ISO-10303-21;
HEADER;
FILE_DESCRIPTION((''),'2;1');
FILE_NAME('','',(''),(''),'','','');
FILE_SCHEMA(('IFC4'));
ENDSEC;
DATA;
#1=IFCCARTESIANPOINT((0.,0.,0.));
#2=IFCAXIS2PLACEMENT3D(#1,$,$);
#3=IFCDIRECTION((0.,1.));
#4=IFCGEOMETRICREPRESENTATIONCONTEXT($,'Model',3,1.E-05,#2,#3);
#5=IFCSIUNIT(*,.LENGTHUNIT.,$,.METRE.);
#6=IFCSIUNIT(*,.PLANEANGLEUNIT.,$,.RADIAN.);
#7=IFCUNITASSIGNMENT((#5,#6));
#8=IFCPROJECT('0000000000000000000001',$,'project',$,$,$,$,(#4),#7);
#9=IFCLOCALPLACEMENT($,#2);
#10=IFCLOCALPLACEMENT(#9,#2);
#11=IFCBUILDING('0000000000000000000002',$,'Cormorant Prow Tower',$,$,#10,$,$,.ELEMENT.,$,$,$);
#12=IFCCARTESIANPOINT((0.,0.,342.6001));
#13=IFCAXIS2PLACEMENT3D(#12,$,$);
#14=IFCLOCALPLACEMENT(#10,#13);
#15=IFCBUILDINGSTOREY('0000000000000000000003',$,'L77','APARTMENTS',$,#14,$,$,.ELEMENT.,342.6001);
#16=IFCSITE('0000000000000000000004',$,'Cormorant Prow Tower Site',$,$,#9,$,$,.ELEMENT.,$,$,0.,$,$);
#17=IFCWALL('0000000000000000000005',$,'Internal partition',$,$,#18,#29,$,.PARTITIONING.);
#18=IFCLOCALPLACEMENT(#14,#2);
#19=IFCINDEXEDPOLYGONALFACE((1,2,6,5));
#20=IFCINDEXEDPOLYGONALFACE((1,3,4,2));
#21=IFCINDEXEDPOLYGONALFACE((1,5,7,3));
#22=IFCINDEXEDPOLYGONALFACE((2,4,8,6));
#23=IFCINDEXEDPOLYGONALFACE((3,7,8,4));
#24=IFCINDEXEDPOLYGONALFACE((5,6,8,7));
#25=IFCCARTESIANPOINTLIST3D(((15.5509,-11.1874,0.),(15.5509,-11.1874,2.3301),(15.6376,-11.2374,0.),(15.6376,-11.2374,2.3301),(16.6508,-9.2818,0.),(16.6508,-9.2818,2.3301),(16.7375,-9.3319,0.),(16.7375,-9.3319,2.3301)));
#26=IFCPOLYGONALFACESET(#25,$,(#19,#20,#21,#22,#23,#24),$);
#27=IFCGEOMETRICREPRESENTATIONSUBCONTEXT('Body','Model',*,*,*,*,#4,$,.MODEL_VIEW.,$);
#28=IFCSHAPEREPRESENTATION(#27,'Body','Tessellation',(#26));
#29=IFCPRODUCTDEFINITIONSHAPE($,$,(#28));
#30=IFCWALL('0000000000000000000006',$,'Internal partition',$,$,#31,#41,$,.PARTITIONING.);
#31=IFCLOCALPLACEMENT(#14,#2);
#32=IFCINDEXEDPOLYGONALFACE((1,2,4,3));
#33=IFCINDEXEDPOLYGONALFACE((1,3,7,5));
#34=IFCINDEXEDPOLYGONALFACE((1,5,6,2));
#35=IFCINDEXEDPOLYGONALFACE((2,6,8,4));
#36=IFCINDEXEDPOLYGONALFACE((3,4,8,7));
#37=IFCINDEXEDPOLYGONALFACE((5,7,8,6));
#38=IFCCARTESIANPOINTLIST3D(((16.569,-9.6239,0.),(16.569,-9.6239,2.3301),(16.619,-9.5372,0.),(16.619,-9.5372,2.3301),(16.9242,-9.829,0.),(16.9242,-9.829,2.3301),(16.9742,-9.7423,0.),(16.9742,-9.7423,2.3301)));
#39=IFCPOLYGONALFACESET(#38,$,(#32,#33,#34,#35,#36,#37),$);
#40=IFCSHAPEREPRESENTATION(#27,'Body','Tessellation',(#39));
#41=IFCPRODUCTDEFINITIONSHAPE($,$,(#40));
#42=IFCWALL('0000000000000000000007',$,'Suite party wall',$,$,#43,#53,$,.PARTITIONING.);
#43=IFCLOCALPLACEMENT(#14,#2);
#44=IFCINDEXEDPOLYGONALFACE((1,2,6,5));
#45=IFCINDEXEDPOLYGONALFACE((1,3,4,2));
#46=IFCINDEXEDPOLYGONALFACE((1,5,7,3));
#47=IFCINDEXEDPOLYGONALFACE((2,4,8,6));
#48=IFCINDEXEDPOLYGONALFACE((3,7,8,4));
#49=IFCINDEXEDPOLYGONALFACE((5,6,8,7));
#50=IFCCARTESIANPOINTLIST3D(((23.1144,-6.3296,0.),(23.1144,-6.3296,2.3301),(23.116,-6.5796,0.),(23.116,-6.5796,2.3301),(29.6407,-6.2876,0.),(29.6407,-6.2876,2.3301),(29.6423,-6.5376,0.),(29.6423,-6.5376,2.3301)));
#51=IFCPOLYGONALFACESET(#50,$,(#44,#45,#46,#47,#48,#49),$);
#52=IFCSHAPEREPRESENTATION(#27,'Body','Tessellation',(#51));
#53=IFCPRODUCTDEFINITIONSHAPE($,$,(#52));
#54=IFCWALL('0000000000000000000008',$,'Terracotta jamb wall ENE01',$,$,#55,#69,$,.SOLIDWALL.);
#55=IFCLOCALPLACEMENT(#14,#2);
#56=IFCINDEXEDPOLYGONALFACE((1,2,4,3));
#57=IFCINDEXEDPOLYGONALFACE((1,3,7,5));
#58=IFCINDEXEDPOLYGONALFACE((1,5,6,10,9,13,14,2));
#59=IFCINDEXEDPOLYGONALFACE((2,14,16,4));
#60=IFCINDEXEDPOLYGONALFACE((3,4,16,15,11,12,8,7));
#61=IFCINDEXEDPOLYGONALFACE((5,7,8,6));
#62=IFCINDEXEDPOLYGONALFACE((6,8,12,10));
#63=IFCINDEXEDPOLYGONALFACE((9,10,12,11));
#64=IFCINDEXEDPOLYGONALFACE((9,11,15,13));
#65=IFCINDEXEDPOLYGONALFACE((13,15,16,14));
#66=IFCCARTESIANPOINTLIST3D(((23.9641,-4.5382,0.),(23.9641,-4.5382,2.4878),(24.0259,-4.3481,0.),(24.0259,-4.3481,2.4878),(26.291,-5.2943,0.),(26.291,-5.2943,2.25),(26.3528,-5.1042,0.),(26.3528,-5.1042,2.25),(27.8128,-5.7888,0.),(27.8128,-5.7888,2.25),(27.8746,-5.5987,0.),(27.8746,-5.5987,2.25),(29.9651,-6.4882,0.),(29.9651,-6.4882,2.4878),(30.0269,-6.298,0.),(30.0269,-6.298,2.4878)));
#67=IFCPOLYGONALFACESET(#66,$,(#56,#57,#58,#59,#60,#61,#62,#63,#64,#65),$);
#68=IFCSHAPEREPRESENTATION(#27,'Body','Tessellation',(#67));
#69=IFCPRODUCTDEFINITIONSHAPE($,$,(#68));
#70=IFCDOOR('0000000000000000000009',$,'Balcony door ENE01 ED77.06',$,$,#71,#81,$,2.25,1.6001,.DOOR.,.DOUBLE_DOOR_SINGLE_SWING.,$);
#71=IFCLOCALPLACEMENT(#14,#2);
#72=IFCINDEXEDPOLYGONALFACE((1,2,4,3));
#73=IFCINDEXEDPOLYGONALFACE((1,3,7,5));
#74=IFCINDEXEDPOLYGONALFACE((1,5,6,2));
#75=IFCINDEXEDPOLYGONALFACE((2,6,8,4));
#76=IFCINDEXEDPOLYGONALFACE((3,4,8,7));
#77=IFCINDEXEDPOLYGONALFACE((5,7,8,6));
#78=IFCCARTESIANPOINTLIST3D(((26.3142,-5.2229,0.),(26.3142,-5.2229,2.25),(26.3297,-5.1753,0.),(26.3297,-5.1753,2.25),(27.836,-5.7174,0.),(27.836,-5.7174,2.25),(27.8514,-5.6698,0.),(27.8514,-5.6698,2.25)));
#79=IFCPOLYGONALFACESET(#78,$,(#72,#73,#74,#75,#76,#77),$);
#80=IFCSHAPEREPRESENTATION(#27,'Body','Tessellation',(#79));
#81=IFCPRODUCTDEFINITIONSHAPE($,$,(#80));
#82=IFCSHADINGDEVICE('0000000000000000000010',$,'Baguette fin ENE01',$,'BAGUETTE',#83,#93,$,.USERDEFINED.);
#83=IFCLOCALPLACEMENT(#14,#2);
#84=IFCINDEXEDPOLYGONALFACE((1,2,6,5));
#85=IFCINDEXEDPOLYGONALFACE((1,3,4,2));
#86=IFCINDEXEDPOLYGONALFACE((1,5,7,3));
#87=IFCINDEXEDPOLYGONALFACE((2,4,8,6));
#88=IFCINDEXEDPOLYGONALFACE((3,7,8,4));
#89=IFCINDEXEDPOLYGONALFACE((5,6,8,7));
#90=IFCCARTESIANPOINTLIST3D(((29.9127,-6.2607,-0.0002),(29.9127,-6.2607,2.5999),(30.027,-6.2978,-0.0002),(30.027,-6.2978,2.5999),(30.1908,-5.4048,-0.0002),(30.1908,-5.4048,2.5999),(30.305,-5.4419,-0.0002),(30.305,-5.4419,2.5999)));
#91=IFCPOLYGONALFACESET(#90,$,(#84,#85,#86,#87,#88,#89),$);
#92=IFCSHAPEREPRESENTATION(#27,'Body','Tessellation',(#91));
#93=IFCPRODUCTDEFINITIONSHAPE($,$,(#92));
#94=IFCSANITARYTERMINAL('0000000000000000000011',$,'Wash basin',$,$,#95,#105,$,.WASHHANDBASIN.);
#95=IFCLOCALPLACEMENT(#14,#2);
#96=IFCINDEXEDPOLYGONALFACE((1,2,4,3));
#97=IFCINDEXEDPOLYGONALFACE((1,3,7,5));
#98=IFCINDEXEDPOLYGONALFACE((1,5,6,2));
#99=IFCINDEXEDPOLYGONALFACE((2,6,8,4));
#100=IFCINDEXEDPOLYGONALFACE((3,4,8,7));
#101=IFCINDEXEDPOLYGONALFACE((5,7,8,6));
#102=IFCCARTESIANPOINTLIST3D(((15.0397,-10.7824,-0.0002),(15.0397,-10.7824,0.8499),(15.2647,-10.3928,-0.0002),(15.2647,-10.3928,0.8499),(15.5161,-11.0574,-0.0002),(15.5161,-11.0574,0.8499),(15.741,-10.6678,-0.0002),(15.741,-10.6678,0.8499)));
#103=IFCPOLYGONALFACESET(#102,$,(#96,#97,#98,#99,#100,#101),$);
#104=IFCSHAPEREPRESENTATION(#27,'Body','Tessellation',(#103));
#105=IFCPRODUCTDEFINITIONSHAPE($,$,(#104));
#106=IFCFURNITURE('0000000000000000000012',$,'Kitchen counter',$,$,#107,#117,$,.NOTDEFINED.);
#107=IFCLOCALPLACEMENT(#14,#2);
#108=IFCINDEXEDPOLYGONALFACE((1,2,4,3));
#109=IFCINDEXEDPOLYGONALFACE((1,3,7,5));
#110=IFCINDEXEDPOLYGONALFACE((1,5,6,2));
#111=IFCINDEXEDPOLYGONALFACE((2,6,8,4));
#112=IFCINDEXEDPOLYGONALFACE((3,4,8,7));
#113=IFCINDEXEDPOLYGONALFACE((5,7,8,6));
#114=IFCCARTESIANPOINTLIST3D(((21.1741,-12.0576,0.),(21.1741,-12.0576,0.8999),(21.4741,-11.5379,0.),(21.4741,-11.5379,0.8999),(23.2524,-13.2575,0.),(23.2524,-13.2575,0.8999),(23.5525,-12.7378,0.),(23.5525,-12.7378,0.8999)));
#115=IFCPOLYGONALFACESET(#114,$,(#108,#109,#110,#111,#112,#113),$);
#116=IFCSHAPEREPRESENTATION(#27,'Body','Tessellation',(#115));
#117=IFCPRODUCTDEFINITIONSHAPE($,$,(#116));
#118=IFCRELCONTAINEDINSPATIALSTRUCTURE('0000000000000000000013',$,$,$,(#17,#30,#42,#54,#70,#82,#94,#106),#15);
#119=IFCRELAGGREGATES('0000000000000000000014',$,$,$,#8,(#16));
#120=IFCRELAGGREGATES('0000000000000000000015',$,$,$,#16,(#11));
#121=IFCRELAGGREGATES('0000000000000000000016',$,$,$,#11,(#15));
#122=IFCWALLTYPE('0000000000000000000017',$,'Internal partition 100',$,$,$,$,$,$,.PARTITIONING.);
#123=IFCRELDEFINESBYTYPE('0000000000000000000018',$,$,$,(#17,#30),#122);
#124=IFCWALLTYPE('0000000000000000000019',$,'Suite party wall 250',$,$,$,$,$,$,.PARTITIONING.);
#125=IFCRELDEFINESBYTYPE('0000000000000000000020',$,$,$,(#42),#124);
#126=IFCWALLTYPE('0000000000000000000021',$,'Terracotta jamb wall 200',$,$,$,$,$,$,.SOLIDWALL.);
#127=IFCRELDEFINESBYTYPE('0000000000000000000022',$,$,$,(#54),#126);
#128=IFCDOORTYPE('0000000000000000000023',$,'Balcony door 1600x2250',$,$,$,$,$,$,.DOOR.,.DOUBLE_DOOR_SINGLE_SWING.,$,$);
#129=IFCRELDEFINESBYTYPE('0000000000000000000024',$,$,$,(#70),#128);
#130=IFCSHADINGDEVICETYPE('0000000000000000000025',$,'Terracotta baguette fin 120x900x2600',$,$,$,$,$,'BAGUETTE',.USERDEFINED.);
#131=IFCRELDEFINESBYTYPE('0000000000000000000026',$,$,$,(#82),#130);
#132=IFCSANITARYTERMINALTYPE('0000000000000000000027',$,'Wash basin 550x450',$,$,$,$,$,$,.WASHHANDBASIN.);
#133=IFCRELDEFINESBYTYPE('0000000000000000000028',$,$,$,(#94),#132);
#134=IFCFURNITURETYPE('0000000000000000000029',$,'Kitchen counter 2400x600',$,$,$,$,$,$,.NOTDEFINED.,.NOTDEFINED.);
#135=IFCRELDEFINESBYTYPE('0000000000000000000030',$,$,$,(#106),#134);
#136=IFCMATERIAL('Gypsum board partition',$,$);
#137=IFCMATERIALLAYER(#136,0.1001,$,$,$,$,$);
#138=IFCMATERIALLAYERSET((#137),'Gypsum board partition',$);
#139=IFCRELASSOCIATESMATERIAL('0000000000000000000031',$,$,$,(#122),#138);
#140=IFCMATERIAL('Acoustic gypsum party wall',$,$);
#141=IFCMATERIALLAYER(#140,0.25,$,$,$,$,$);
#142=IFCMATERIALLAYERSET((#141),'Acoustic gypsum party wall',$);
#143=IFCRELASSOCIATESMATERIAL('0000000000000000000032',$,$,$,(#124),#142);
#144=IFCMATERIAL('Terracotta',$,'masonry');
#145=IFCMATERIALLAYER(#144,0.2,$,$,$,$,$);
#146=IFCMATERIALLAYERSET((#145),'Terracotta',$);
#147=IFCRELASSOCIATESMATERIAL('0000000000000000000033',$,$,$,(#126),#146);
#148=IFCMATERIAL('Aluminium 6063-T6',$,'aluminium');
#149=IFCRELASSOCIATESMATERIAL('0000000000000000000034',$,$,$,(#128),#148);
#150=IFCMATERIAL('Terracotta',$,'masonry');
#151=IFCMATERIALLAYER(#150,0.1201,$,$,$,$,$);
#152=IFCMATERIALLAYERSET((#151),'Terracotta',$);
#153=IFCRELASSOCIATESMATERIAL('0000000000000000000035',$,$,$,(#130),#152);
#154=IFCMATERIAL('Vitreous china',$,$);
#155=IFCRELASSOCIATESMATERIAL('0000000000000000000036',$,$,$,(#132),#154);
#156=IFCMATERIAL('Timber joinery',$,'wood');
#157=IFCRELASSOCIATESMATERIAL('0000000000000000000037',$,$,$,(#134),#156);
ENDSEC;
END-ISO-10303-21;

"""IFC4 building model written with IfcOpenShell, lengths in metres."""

from ifc_helpers import new_model, si_unit, direction, frame, frame_2d, origin, origin_2d, place, context, subcontext, project, spatial, rectangle, extrude, material, layer, layer_set, type_object, element, fill, save


model = new_model("IFC4")

# Units and contexts
model_context = context("Model", 3, precision=1e-05, world=origin(), true_north=direction((0.0, 1.0)))
body_context = subcontext(model_context, "Body", "Model", "MODEL_VIEW")
ifc_project = project(units=[si_unit("LENGTHUNIT", "METRE"), si_unit("PLANEANGLEUNIT", "RADIAN")], contexts=[model_context])

# Site, building, storey
site_placement = place(None, origin())
site = spatial("IfcSite", under=ifc_project, at=site_placement, Name="Cormorant Prow Tower Site", CompositionType="ELEMENT", RefElevation=0.0)
building_placement = place(site_placement, origin())
building = spatial("IfcBuilding", under=site, at=building_placement, Name="Cormorant Prow Tower", CompositionType="ELEMENT")
storey_placement = place(building_placement, frame((0.0, 0.0, 342.6001)))
storey = spatial("IfcBuildingStorey", under=building, at=storey_placement, Name="L77", Description="APARTMENTS", CompositionType="ELEMENT", Elevation=342.6001)

# Shared definitions
ifc_material_1 = material(Name="Gypsum board partition")
ifc_layer_1 = layer(ifc_material_1, 0.1001)
ifc_layer_set_1 = layer_set([ifc_layer_1], Name="Gypsum board partition")
wall_type_1 = type_object("IfcWallType", Name="Internal partition 100", PredefinedType="PARTITIONING", material=ifc_layer_set_1)

# Walls
wall_1_placement = place(storey_placement, frame((15.5942, -11.2124, 0.0), z_axis=(0.0, 0.0, 1.0), x_axis=(0.499899, 0.866084, 0.0)))
element("IfcWall", 1, at=wall_1_placement, inside=storey, type_object=wall_type_1, Name="Internal partition", PredefinedType="PARTITIONING", context=body_context, shape_type="SweptSolid", body=[
    extrude(rectangle(XDim=2.2002, YDim=0.1001, at=frame_2d((1.1001, 0.0))), origin(), (0.0, 0.0, 1.0), 2.3301),
])
wall_2_placement = place(storey_placement, frame((16.594, -9.5806, 0.0), z_axis=(0.0, 0.0, 1.0), x_axis=(0.866037, -0.49998, 0.0)))
element("IfcWall", 2, at=wall_2_placement, inside=storey, type_object=wall_type_1, Name="Internal partition", PredefinedType="PARTITIONING", context=body_context, shape_type="SweptSolid", body=[
    extrude(rectangle(XDim=0.4102, YDim=0.1001, at=frame_2d((0.2051, 0.0))), origin(), (0.0, 0.0, 1.0), 2.3301),
])
ifc_material_2 = material(Name="Acoustic gypsum party wall")
ifc_layer_2 = layer(ifc_material_2, 0.25)
ifc_layer_set_2 = layer_set([ifc_layer_2], Name="Acoustic gypsum party wall")
wall_type_2 = type_object("IfcWallType", Name="Suite party wall 250", PredefinedType="PARTITIONING", material=ifc_layer_set_2)
wall_3_placement = place(storey_placement, frame((23.1152, -6.4546, 0.0), z_axis=(0.0, 0.0, 1.0), x_axis=(0.999979, 0.006434, 0.0)))
element("IfcWall", 3, at=wall_3_placement, inside=storey, type_object=wall_type_2, Name="Suite party wall", PredefinedType="PARTITIONING", context=body_context, shape_type="SweptSolid", body=[
    extrude(rectangle(XDim=6.5264, YDim=0.25, at=frame_2d((3.2632, 0.0))), origin(), (0.0, 0.0, 1.0), 2.3301),
])

# Wall, opening, door
ifc_material_3 = material(Name="Terracotta", Category="masonry")
ifc_layer_3 = layer(ifc_material_3, 0.2)
ifc_layer_set_3 = layer_set([ifc_layer_3], Name="Terracotta")
wall_type_3 = type_object("IfcWallType", Name="Terracotta jamb wall 200", PredefinedType="SOLIDWALL", material=ifc_layer_set_3)
wall_4_placement = place(storey_placement, frame((29.9958, -6.3931, 0.0), z_axis=(0.0, 0.0, 1.0), x_axis=(-0.951051, 0.309034, 0.0)))
wall_4 = element("IfcWall", 4, at=wall_4_placement, inside=storey, type_object=wall_type_3, Name="Terracotta jamb wall ENE01", PredefinedType="SOLIDWALL", context=body_context, shape_type="SweptSolid", body=[
    extrude(rectangle(XDim=6.3098, YDim=0.2, at=frame_2d((3.1548, 0.0))), origin(), (0.0, 0.0, 1.0), 2.4878),
])
opening_1_placement = place(wall_4_placement, frame((2.2629, 0.0, 0.0)))
opening_1 = element("IfcOpeningElement", 5, at=opening_1_placement, cuts=wall_4, PredefinedType="OPENING", context=body_context, shape_type="SweptSolid", body=[
    extrude(rectangle(XDim=1.6001, YDim=2.25, at=frame_2d((0.8, 1.125))), frame((0.0, 0.1099, 0.0), z_axis=(0.0, -1.0, 0.0), x_axis=(1.0, 0.0, 0.0)), (0.0, 0.0, 1.0), 0.22),
])
ifc_material_4 = material(Name="Aluminium 6063-T6", Category="aluminium")
door_type_1 = type_object("IfcDoorType", Name="Balcony door 1600x2250", OperationType="DOUBLE_DOOR_SINGLE_SWING", PredefinedType="DOOR", material=ifc_material_4)
door_1_placement = place(opening_1_placement, origin())
door_1 = element("IfcDoor", 6, at=door_1_placement, inside=storey, type_object=door_type_1, Name="Balcony door ENE01 ED77.06", OperationType="DOUBLE_DOOR_SINGLE_SWING", OverallHeight=2.25, OverallWidth=1.6001, PredefinedType="DOOR", context=body_context, shape_type="SweptSolid", body=[
    extrude(rectangle(XDim=1.6001, YDim=2.25, at=frame_2d((0.8, 1.125))), frame((0.0, 0.0249, 0.0), z_axis=(0.0, -1.0, 0.0), x_axis=(1.0, 0.0, 0.0)), (0.0, 0.0, 1.0), 0.05),
])
fill(opening_1, door_1)

# Shading device
ifc_material_5 = material(Name="Terracotta", Category="masonry")
ifc_layer_4 = layer(ifc_material_5, 0.1201)
ifc_layer_set_4 = layer_set([ifc_layer_4], Name="Terracotta")
shading_device_type = type_object("IfcShadingDeviceType", Name="Terracotta baguette fin 120x900x2600", ElementType="BAGUETTE", PredefinedType="USERDEFINED", material=ifc_layer_set_4)
shading_device_placement = place(storey_placement, frame((30.1089, -5.8513, -0.0002), z_axis=(0.0, 0.0, 1.0), x_axis=(-0.951056, 0.309017, 0.0)))
element("IfcShadingDevice", 7, at=shading_device_placement, inside=storey, type_object=shading_device_type, Name="Baguette fin ENE01", ObjectType="BAGUETTE", PredefinedType="USERDEFINED", context=body_context, shape_type="SweptSolid", body=[
    extrude(rectangle(XDim=0.1201, YDim=0.8999, at=origin_2d()), origin(), (0.0, 0.0, 1.0), 2.6001),
])

# Sanitary terminal
ifc_material_6 = material(Name="Vitreous china")
sanitary_terminal_type = type_object("IfcSanitaryTerminalType", Name="Wash basin 550x450", PredefinedType="WASHHANDBASIN", material=ifc_material_6)
sanitary_terminal_placement = place(storey_placement, frame((15.3904, -10.7251, -0.0002), z_axis=(0.0, 0.0, 1.0), x_axis=(-0.866025, 0.5, 0.0)))
element("IfcSanitaryTerminal", 8, at=sanitary_terminal_placement, inside=storey, type_object=sanitary_terminal_type, Name="Wash basin", PredefinedType="WASHHANDBASIN", context=body_context, shape_type="SweptSolid", body=[
    extrude(rectangle(XDim=0.55, YDim=0.45, at=origin_2d()), origin(), (0.0, 0.0, 1.0), 0.8501),
])

# Furniture
ifc_material_7 = material(Name="Timber joinery", Category="wood")
furniture_type = type_object("IfcFurnitureType", Name="Kitchen counter 2400x600", AssemblyPlace="NOTDEFINED", PredefinedType="NOTDEFINED", material=ifc_material_7)
furniture_placement = place(storey_placement, frame((22.3633, -12.3977, 0.0), z_axis=(0.0, 0.0, 1.0), x_axis=(-0.866025, 0.5, 0.0)))
element("IfcFurniture", 9, at=furniture_placement, inside=storey, type_object=furniture_type, Name="Kitchen counter", PredefinedType="NOTDEFINED", context=body_context, shape_type="SweptSolid", body=[
    extrude(rectangle(XDim=2.3999, YDim=0.6001, at=origin_2d()), origin(), (0.0, 0.0, 1.0), 0.8999),
])

save(model, "model.ifc")
